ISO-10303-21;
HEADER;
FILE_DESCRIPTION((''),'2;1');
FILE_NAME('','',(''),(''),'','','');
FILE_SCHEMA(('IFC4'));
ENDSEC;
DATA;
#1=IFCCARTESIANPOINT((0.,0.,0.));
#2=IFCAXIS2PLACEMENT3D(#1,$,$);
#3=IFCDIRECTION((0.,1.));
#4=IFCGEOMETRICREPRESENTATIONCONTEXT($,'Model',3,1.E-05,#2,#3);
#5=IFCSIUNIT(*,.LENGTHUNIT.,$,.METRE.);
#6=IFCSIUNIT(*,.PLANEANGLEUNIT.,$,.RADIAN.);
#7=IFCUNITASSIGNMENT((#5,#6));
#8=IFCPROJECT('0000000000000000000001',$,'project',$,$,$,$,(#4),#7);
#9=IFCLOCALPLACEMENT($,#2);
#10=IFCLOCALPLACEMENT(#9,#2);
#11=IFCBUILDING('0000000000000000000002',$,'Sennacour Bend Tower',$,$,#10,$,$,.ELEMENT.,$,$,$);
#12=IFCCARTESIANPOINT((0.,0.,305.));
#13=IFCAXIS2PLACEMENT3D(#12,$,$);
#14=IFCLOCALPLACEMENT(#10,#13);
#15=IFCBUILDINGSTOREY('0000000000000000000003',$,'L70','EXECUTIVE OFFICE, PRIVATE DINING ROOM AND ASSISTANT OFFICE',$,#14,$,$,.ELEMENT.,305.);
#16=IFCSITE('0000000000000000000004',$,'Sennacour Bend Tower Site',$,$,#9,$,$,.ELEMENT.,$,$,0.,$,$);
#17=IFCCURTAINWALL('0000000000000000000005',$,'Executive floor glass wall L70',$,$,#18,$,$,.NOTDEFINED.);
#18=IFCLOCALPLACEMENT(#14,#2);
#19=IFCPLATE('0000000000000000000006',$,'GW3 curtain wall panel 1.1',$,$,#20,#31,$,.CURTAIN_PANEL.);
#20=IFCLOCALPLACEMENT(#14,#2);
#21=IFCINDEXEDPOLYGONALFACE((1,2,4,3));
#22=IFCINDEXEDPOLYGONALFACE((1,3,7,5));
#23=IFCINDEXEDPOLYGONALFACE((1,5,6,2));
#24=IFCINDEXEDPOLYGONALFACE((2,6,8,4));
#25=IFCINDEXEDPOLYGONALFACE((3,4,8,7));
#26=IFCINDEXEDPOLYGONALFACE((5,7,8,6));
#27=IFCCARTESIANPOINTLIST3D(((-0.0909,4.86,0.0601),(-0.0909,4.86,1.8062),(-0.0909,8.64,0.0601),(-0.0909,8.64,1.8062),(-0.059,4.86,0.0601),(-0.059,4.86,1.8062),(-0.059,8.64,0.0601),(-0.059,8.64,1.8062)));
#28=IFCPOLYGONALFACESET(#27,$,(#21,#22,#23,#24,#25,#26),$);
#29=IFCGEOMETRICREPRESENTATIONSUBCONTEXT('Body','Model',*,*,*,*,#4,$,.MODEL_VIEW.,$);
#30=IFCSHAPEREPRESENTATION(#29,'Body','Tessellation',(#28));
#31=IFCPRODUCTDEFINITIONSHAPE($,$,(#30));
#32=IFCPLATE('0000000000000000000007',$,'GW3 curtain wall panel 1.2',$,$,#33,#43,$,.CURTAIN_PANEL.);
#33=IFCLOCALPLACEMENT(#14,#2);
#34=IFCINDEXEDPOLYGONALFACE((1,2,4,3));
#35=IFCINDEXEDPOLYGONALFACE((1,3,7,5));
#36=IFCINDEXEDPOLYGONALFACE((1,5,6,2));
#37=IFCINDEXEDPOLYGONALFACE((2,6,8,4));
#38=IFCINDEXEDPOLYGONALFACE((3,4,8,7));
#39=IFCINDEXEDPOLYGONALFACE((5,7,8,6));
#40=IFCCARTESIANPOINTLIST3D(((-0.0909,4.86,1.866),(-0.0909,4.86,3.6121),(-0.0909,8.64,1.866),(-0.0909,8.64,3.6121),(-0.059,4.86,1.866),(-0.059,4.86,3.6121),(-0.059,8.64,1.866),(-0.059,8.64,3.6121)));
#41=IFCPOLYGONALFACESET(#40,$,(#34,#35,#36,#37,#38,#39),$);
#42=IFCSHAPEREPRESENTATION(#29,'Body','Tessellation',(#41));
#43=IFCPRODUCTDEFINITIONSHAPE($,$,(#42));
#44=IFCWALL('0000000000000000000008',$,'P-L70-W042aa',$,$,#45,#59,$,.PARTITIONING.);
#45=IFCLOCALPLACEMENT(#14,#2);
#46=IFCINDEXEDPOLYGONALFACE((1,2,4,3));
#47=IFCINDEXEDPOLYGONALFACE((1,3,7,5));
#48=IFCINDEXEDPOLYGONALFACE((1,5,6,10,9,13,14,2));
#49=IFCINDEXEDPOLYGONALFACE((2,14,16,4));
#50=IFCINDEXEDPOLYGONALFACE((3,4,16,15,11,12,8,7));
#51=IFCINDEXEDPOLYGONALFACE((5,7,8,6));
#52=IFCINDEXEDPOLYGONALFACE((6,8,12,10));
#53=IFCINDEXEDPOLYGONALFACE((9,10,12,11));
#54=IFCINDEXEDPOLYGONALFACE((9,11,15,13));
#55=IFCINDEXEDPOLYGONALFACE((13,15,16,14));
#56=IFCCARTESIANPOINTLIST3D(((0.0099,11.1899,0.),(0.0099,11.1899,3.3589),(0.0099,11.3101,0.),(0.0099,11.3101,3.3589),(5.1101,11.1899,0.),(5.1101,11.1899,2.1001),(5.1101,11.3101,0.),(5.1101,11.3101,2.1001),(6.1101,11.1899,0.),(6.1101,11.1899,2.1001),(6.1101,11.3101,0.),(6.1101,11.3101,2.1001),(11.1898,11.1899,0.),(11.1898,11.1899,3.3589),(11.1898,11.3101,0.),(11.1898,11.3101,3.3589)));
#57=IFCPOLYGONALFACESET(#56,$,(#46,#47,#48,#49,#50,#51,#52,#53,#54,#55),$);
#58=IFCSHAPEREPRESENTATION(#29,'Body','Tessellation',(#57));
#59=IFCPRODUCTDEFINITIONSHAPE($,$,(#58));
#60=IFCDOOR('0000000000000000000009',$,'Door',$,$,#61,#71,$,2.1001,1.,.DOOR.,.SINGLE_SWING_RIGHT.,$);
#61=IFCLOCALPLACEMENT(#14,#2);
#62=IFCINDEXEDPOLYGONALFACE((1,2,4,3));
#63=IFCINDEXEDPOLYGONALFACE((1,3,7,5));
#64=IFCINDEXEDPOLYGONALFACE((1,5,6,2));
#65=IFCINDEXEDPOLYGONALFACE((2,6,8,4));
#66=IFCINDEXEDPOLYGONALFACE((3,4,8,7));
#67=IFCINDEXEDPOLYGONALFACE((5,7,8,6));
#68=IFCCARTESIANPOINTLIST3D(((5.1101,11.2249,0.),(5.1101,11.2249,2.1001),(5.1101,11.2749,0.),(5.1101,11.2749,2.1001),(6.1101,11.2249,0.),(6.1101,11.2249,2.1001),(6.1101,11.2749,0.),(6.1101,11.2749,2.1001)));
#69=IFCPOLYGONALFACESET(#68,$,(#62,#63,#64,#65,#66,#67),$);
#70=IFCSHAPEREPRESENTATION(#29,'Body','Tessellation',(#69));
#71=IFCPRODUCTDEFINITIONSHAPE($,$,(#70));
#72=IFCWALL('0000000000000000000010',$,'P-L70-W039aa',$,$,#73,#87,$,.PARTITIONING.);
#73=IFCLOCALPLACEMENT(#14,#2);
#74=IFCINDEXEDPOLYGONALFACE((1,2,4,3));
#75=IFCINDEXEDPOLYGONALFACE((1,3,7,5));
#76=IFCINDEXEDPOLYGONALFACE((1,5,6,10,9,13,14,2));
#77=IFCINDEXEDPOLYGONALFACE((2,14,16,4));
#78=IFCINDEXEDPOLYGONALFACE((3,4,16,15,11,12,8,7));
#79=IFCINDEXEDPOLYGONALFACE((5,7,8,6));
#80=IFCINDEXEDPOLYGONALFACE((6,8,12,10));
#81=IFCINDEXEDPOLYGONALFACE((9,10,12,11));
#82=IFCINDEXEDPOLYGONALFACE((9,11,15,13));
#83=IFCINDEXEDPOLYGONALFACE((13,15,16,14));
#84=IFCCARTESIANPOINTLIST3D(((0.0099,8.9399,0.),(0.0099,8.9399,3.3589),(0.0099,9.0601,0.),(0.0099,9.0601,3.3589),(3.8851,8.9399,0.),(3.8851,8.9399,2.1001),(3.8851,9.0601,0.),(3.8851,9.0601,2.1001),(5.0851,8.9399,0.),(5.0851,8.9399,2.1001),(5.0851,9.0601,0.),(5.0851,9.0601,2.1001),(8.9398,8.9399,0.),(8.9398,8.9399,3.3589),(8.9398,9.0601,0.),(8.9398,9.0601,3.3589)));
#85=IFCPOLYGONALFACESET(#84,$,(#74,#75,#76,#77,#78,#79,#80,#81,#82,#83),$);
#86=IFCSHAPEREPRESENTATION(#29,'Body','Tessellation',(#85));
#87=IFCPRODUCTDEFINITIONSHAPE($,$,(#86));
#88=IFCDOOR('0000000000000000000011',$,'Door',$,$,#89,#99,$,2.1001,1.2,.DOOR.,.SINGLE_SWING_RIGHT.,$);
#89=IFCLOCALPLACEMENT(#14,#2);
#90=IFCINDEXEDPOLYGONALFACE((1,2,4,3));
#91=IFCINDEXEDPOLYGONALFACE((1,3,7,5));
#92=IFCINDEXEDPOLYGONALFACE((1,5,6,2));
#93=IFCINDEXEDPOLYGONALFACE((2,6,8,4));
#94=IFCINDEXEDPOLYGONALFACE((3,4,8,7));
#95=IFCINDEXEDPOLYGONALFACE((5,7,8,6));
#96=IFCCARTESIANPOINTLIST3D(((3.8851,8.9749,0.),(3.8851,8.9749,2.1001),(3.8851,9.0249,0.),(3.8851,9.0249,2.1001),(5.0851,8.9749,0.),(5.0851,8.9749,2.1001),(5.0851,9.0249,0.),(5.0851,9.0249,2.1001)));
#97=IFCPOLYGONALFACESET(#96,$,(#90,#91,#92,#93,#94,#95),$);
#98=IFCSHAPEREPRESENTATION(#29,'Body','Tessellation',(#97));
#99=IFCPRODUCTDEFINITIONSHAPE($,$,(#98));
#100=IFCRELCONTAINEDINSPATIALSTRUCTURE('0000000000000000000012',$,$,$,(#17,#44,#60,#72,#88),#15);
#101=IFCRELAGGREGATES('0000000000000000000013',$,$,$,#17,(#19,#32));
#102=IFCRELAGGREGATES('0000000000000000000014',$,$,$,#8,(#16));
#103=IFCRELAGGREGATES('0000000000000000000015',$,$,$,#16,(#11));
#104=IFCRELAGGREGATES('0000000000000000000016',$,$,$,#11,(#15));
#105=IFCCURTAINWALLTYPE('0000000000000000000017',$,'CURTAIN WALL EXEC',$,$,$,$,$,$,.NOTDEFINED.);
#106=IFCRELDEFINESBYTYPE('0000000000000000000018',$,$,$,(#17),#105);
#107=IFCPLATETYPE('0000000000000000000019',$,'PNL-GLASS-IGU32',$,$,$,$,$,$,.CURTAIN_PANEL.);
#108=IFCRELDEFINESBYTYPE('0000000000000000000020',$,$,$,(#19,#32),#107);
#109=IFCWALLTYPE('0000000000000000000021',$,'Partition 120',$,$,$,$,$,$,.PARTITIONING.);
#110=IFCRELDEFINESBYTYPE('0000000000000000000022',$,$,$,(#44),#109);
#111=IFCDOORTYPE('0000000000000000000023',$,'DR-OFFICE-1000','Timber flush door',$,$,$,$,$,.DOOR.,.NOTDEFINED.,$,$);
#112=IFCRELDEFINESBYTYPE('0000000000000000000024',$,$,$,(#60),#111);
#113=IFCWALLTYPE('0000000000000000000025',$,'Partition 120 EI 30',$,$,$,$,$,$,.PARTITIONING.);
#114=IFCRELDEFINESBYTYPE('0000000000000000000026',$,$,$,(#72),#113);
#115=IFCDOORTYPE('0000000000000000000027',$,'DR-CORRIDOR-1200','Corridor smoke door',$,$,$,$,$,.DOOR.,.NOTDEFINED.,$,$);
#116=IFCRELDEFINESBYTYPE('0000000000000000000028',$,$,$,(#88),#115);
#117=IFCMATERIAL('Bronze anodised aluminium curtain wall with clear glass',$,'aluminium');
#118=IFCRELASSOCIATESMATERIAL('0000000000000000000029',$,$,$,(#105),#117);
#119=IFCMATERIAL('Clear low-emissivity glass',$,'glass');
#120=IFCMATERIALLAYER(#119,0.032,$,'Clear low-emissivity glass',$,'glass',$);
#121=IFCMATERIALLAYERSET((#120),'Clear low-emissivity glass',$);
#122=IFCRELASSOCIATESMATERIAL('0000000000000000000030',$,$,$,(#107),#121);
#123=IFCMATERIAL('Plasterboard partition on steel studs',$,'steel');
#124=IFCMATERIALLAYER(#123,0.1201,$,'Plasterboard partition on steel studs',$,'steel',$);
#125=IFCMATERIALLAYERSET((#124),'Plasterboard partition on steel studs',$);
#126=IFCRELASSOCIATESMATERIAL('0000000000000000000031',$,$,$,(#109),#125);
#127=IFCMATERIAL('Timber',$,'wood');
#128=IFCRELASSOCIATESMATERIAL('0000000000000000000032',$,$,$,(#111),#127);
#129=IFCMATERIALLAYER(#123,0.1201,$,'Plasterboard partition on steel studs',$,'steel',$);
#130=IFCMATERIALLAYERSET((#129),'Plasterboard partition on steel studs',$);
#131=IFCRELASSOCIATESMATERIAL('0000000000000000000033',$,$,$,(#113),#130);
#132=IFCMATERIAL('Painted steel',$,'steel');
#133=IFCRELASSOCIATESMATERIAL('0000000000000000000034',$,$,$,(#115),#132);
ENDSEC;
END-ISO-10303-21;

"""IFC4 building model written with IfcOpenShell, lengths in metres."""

from ifc_helpers import new_model, si_unit, direction, frame, frame_2d, origin, origin_2d, place, context, subcontext, project, spatial, rectangle, extrude, material, layer, layer_set, type_object, element, fill, aggregate, save


model = new_model("IFC4")

# Units and contexts
model_context = context("Model", 3, precision=1e-05, world=origin(), true_north=direction((0.0, 1.0)))
body_context = subcontext(model_context, "Body", "Model", "MODEL_VIEW")
ifc_project = project(units=[si_unit("LENGTHUNIT", "METRE"), si_unit("PLANEANGLEUNIT", "RADIAN")], contexts=[model_context])

# Site, building, storey
site_placement = place(None, origin())
site = spatial("IfcSite", under=ifc_project, at=site_placement, Name="Sennacour Bend Tower Site", CompositionType="ELEMENT", RefElevation=0.0)
building_placement = place(site_placement, origin())
building = spatial("IfcBuilding", under=site, at=building_placement, Name="Sennacour Bend Tower", CompositionType="ELEMENT")
storey_placement = place(building_placement, frame((0.0, 0.0, 305.0)))
storey = spatial("IfcBuildingStorey", under=building, at=storey_placement, Name="L70", Description="EXECUTIVE OFFICE, PRIVATE DINING ROOM AND ASSISTANT OFFICE", CompositionType="ELEMENT", Elevation=305.0)

# Shared definitions
ifc_material_1 = material(Name="Bronze anodised aluminium curtain wall with clear glass", Category="aluminium")
curtain_wall_type = type_object("IfcCurtainWallType", Name="CURTAIN WALL EXEC", PredefinedType="NOTDEFINED", material=ifc_material_1)

# Curtain wall
curtain_wall_1_placement = place(storey_placement, origin())
curtain_wall_1 = element("IfcCurtainWall", 1, at=curtain_wall_1_placement, inside=storey, type_object=curtain_wall_type, Name="Executive floor glass wall L70", PredefinedType="NOTDEFINED")

# Plates
ifc_material_2 = material(Name="Clear low-emissivity glass", Category="glass")
ifc_layer_1 = layer(ifc_material_2, 0.032, Name="Clear low-emissivity glass", Category="glass")
ifc_layer_set_1 = layer_set([ifc_layer_1], Name="Clear low-emissivity glass")
plate_type = type_object("IfcPlateType", Name="PNL-GLASS-IGU32", PredefinedType="CURTAIN_PANEL", material=ifc_layer_set_1)
plate_1_placement = place(storey_placement, frame((-0.075, 6.75, 0.0601), z_axis=(0.0, 0.0, 1.0), x_axis=(0.0, -1.0, 0.0)))
plate_1 = element("IfcPlate", 2, at=plate_1_placement, type_object=plate_type, Name="GW3 curtain wall panel 1.1", PredefinedType="CURTAIN_PANEL", context=body_context, shape_type="SweptSolid", body=[
    extrude(rectangle(XDim=3.78, YDim=0.032, at=origin_2d()), origin(), (0.0, 0.0, 1.0), 1.7461),
])
plate_2_placement = place(storey_placement, frame((-0.075, 6.75, 1.866), z_axis=(0.0, 0.0, 1.0), x_axis=(0.0, -1.0, 0.0)))
plate_2 = element("IfcPlate", 3, at=plate_2_placement, type_object=plate_type, Name="GW3 curtain wall panel 1.2", PredefinedType="CURTAIN_PANEL", context=body_context, shape_type="SweptSolid", body=[
    extrude(rectangle(XDim=3.78, YDim=0.032, at=origin_2d()), origin(), (0.0, 0.0, 1.0), 1.7461),
])
aggregate(curtain_wall_1, [plate_1, plate_2])

# Walls, openings, doors
ifc_material_3 = material(Name="Plasterboard partition on steel studs", Category="steel")
ifc_layer_2 = layer(ifc_material_3, 0.1201, Name="Plasterboard partition on steel studs", Category="steel")
ifc_layer_set_2 = layer_set([ifc_layer_2], Name="Plasterboard partition on steel studs")
wall_type_1 = type_object("IfcWallType", Name="Partition 120", PredefinedType="PARTITIONING", material=ifc_layer_set_2)
wall_1_placement = place(storey_placement, frame((0.01, 11.25, 0.0), z_axis=(0.0, 0.0, 1.0), x_axis=(1.0, 0.0, 0.0)))
wall_1 = element("IfcWall", 4, at=wall_1_placement, inside=storey, type_object=wall_type_1, Name="P-L70-W042aa", PredefinedType="PARTITIONING", context=body_context, shape_type="SweptSolid", body=[
    extrude(rectangle(XDim=11.1799, YDim=0.1201, at=frame_2d((5.5898, 0.0))), origin(), (0.0, 0.0, 1.0), 3.3589),
])
opening_1_placement = place(wall_1_placement, frame((5.1001, 0.0, 0.0)))
opening_1 = element("IfcOpeningElement", 5, at=opening_1_placement, cuts=wall_1, PredefinedType="OPENING", context=body_context, shape_type="SweptSolid", body=[
    extrude(rectangle(XDim=1.0, YDim=2.1001, at=frame_2d((0.5, 1.05))), frame((0.0, 0.0701, 0.0), z_axis=(0.0, -1.0, 0.0), x_axis=(1.0, 0.0, 0.0)), (0.0, 0.0, 1.0), 0.1401),
])
ifc_material_4 = material(Name="Timber", Category="wood")
door_type_1 = type_object("IfcDoorType", Name="DR-OFFICE-1000", Description="Timber flush door", OperationType="NOTDEFINED", PredefinedType="DOOR", material=ifc_material_4)
door_1_placement = place(opening_1_placement, origin())
door_1 = element("IfcDoor", 6, at=door_1_placement, inside=storey, type_object=door_type_1, Name="Door", OperationType="SINGLE_SWING_RIGHT", OverallHeight=2.1001, OverallWidth=1.0, PredefinedType="DOOR", context=body_context, shape_type="SweptSolid", body=[
    extrude(rectangle(XDim=1.0, YDim=2.1001, at=frame_2d((0.5, 1.05))), frame((0.0, 0.0249, 0.0), z_axis=(0.0, -1.0, 0.0), x_axis=(1.0, 0.0, 0.0)), (0.0, 0.0, 1.0), 0.05),
])
fill(opening_1, door_1)
ifc_layer_3 = layer(ifc_material_3, 0.1201, Name="Plasterboard partition on steel studs", Category="steel")
ifc_layer_set_3 = layer_set([ifc_layer_3], Name="Plasterboard partition on steel studs")
wall_type_2 = type_object("IfcWallType", Name="Partition 120 EI 30", PredefinedType="PARTITIONING", material=ifc_layer_set_3)
wall_2_placement = place(storey_placement, frame((0.01, 9.0, 0.0), z_axis=(0.0, 0.0, 1.0), x_axis=(1.0, 0.0, 0.0)))
wall_2 = element("IfcWall", 7, at=wall_2_placement, inside=storey, type_object=wall_type_2, Name="P-L70-W039aa", PredefinedType="PARTITIONING", context=body_context, shape_type="SweptSolid", body=[
    extrude(rectangle(XDim=8.9299, YDim=0.1201, at=frame_2d((4.4648, 0.0))), origin(), (0.0, 0.0, 1.0), 3.3589),
])
opening_2_placement = place(wall_2_placement, frame((3.875, 0.0, 0.0)))
opening_2 = element("IfcOpeningElement", 8, at=opening_2_placement, cuts=wall_2, PredefinedType="OPENING", context=body_context, shape_type="SweptSolid", body=[
    extrude(rectangle(XDim=1.2, YDim=2.1001, at=frame_2d((0.6001, 1.05))), frame((0.0, 0.0701, 0.0), z_axis=(0.0, -1.0, 0.0), x_axis=(1.0, 0.0, 0.0)), (0.0, 0.0, 1.0), 0.1401),
])
ifc_material_5 = material(Name="Painted steel", Category="steel")
door_type_2 = type_object("IfcDoorType", Name="DR-CORRIDOR-1200", Description="Corridor smoke door", OperationType="NOTDEFINED", PredefinedType="DOOR", material=ifc_material_5)
door_2_placement = place(opening_2_placement, origin())
door_2 = element("IfcDoor", 9, at=door_2_placement, inside=storey, type_object=door_type_2, Name="Door", OperationType="SINGLE_SWING_RIGHT", OverallHeight=2.1001, OverallWidth=1.2, PredefinedType="DOOR", context=body_context, shape_type="SweptSolid", body=[
    extrude(rectangle(XDim=1.2, YDim=2.1001, at=frame_2d((0.6001, 1.05))), frame((0.0, 0.0249, 0.0), z_axis=(0.0, -1.0, 0.0), x_axis=(1.0, 0.0, 0.0)), (0.0, 0.0, 1.0), 0.05),
])
fill(opening_2, door_2)

save(model, "model.ifc")
